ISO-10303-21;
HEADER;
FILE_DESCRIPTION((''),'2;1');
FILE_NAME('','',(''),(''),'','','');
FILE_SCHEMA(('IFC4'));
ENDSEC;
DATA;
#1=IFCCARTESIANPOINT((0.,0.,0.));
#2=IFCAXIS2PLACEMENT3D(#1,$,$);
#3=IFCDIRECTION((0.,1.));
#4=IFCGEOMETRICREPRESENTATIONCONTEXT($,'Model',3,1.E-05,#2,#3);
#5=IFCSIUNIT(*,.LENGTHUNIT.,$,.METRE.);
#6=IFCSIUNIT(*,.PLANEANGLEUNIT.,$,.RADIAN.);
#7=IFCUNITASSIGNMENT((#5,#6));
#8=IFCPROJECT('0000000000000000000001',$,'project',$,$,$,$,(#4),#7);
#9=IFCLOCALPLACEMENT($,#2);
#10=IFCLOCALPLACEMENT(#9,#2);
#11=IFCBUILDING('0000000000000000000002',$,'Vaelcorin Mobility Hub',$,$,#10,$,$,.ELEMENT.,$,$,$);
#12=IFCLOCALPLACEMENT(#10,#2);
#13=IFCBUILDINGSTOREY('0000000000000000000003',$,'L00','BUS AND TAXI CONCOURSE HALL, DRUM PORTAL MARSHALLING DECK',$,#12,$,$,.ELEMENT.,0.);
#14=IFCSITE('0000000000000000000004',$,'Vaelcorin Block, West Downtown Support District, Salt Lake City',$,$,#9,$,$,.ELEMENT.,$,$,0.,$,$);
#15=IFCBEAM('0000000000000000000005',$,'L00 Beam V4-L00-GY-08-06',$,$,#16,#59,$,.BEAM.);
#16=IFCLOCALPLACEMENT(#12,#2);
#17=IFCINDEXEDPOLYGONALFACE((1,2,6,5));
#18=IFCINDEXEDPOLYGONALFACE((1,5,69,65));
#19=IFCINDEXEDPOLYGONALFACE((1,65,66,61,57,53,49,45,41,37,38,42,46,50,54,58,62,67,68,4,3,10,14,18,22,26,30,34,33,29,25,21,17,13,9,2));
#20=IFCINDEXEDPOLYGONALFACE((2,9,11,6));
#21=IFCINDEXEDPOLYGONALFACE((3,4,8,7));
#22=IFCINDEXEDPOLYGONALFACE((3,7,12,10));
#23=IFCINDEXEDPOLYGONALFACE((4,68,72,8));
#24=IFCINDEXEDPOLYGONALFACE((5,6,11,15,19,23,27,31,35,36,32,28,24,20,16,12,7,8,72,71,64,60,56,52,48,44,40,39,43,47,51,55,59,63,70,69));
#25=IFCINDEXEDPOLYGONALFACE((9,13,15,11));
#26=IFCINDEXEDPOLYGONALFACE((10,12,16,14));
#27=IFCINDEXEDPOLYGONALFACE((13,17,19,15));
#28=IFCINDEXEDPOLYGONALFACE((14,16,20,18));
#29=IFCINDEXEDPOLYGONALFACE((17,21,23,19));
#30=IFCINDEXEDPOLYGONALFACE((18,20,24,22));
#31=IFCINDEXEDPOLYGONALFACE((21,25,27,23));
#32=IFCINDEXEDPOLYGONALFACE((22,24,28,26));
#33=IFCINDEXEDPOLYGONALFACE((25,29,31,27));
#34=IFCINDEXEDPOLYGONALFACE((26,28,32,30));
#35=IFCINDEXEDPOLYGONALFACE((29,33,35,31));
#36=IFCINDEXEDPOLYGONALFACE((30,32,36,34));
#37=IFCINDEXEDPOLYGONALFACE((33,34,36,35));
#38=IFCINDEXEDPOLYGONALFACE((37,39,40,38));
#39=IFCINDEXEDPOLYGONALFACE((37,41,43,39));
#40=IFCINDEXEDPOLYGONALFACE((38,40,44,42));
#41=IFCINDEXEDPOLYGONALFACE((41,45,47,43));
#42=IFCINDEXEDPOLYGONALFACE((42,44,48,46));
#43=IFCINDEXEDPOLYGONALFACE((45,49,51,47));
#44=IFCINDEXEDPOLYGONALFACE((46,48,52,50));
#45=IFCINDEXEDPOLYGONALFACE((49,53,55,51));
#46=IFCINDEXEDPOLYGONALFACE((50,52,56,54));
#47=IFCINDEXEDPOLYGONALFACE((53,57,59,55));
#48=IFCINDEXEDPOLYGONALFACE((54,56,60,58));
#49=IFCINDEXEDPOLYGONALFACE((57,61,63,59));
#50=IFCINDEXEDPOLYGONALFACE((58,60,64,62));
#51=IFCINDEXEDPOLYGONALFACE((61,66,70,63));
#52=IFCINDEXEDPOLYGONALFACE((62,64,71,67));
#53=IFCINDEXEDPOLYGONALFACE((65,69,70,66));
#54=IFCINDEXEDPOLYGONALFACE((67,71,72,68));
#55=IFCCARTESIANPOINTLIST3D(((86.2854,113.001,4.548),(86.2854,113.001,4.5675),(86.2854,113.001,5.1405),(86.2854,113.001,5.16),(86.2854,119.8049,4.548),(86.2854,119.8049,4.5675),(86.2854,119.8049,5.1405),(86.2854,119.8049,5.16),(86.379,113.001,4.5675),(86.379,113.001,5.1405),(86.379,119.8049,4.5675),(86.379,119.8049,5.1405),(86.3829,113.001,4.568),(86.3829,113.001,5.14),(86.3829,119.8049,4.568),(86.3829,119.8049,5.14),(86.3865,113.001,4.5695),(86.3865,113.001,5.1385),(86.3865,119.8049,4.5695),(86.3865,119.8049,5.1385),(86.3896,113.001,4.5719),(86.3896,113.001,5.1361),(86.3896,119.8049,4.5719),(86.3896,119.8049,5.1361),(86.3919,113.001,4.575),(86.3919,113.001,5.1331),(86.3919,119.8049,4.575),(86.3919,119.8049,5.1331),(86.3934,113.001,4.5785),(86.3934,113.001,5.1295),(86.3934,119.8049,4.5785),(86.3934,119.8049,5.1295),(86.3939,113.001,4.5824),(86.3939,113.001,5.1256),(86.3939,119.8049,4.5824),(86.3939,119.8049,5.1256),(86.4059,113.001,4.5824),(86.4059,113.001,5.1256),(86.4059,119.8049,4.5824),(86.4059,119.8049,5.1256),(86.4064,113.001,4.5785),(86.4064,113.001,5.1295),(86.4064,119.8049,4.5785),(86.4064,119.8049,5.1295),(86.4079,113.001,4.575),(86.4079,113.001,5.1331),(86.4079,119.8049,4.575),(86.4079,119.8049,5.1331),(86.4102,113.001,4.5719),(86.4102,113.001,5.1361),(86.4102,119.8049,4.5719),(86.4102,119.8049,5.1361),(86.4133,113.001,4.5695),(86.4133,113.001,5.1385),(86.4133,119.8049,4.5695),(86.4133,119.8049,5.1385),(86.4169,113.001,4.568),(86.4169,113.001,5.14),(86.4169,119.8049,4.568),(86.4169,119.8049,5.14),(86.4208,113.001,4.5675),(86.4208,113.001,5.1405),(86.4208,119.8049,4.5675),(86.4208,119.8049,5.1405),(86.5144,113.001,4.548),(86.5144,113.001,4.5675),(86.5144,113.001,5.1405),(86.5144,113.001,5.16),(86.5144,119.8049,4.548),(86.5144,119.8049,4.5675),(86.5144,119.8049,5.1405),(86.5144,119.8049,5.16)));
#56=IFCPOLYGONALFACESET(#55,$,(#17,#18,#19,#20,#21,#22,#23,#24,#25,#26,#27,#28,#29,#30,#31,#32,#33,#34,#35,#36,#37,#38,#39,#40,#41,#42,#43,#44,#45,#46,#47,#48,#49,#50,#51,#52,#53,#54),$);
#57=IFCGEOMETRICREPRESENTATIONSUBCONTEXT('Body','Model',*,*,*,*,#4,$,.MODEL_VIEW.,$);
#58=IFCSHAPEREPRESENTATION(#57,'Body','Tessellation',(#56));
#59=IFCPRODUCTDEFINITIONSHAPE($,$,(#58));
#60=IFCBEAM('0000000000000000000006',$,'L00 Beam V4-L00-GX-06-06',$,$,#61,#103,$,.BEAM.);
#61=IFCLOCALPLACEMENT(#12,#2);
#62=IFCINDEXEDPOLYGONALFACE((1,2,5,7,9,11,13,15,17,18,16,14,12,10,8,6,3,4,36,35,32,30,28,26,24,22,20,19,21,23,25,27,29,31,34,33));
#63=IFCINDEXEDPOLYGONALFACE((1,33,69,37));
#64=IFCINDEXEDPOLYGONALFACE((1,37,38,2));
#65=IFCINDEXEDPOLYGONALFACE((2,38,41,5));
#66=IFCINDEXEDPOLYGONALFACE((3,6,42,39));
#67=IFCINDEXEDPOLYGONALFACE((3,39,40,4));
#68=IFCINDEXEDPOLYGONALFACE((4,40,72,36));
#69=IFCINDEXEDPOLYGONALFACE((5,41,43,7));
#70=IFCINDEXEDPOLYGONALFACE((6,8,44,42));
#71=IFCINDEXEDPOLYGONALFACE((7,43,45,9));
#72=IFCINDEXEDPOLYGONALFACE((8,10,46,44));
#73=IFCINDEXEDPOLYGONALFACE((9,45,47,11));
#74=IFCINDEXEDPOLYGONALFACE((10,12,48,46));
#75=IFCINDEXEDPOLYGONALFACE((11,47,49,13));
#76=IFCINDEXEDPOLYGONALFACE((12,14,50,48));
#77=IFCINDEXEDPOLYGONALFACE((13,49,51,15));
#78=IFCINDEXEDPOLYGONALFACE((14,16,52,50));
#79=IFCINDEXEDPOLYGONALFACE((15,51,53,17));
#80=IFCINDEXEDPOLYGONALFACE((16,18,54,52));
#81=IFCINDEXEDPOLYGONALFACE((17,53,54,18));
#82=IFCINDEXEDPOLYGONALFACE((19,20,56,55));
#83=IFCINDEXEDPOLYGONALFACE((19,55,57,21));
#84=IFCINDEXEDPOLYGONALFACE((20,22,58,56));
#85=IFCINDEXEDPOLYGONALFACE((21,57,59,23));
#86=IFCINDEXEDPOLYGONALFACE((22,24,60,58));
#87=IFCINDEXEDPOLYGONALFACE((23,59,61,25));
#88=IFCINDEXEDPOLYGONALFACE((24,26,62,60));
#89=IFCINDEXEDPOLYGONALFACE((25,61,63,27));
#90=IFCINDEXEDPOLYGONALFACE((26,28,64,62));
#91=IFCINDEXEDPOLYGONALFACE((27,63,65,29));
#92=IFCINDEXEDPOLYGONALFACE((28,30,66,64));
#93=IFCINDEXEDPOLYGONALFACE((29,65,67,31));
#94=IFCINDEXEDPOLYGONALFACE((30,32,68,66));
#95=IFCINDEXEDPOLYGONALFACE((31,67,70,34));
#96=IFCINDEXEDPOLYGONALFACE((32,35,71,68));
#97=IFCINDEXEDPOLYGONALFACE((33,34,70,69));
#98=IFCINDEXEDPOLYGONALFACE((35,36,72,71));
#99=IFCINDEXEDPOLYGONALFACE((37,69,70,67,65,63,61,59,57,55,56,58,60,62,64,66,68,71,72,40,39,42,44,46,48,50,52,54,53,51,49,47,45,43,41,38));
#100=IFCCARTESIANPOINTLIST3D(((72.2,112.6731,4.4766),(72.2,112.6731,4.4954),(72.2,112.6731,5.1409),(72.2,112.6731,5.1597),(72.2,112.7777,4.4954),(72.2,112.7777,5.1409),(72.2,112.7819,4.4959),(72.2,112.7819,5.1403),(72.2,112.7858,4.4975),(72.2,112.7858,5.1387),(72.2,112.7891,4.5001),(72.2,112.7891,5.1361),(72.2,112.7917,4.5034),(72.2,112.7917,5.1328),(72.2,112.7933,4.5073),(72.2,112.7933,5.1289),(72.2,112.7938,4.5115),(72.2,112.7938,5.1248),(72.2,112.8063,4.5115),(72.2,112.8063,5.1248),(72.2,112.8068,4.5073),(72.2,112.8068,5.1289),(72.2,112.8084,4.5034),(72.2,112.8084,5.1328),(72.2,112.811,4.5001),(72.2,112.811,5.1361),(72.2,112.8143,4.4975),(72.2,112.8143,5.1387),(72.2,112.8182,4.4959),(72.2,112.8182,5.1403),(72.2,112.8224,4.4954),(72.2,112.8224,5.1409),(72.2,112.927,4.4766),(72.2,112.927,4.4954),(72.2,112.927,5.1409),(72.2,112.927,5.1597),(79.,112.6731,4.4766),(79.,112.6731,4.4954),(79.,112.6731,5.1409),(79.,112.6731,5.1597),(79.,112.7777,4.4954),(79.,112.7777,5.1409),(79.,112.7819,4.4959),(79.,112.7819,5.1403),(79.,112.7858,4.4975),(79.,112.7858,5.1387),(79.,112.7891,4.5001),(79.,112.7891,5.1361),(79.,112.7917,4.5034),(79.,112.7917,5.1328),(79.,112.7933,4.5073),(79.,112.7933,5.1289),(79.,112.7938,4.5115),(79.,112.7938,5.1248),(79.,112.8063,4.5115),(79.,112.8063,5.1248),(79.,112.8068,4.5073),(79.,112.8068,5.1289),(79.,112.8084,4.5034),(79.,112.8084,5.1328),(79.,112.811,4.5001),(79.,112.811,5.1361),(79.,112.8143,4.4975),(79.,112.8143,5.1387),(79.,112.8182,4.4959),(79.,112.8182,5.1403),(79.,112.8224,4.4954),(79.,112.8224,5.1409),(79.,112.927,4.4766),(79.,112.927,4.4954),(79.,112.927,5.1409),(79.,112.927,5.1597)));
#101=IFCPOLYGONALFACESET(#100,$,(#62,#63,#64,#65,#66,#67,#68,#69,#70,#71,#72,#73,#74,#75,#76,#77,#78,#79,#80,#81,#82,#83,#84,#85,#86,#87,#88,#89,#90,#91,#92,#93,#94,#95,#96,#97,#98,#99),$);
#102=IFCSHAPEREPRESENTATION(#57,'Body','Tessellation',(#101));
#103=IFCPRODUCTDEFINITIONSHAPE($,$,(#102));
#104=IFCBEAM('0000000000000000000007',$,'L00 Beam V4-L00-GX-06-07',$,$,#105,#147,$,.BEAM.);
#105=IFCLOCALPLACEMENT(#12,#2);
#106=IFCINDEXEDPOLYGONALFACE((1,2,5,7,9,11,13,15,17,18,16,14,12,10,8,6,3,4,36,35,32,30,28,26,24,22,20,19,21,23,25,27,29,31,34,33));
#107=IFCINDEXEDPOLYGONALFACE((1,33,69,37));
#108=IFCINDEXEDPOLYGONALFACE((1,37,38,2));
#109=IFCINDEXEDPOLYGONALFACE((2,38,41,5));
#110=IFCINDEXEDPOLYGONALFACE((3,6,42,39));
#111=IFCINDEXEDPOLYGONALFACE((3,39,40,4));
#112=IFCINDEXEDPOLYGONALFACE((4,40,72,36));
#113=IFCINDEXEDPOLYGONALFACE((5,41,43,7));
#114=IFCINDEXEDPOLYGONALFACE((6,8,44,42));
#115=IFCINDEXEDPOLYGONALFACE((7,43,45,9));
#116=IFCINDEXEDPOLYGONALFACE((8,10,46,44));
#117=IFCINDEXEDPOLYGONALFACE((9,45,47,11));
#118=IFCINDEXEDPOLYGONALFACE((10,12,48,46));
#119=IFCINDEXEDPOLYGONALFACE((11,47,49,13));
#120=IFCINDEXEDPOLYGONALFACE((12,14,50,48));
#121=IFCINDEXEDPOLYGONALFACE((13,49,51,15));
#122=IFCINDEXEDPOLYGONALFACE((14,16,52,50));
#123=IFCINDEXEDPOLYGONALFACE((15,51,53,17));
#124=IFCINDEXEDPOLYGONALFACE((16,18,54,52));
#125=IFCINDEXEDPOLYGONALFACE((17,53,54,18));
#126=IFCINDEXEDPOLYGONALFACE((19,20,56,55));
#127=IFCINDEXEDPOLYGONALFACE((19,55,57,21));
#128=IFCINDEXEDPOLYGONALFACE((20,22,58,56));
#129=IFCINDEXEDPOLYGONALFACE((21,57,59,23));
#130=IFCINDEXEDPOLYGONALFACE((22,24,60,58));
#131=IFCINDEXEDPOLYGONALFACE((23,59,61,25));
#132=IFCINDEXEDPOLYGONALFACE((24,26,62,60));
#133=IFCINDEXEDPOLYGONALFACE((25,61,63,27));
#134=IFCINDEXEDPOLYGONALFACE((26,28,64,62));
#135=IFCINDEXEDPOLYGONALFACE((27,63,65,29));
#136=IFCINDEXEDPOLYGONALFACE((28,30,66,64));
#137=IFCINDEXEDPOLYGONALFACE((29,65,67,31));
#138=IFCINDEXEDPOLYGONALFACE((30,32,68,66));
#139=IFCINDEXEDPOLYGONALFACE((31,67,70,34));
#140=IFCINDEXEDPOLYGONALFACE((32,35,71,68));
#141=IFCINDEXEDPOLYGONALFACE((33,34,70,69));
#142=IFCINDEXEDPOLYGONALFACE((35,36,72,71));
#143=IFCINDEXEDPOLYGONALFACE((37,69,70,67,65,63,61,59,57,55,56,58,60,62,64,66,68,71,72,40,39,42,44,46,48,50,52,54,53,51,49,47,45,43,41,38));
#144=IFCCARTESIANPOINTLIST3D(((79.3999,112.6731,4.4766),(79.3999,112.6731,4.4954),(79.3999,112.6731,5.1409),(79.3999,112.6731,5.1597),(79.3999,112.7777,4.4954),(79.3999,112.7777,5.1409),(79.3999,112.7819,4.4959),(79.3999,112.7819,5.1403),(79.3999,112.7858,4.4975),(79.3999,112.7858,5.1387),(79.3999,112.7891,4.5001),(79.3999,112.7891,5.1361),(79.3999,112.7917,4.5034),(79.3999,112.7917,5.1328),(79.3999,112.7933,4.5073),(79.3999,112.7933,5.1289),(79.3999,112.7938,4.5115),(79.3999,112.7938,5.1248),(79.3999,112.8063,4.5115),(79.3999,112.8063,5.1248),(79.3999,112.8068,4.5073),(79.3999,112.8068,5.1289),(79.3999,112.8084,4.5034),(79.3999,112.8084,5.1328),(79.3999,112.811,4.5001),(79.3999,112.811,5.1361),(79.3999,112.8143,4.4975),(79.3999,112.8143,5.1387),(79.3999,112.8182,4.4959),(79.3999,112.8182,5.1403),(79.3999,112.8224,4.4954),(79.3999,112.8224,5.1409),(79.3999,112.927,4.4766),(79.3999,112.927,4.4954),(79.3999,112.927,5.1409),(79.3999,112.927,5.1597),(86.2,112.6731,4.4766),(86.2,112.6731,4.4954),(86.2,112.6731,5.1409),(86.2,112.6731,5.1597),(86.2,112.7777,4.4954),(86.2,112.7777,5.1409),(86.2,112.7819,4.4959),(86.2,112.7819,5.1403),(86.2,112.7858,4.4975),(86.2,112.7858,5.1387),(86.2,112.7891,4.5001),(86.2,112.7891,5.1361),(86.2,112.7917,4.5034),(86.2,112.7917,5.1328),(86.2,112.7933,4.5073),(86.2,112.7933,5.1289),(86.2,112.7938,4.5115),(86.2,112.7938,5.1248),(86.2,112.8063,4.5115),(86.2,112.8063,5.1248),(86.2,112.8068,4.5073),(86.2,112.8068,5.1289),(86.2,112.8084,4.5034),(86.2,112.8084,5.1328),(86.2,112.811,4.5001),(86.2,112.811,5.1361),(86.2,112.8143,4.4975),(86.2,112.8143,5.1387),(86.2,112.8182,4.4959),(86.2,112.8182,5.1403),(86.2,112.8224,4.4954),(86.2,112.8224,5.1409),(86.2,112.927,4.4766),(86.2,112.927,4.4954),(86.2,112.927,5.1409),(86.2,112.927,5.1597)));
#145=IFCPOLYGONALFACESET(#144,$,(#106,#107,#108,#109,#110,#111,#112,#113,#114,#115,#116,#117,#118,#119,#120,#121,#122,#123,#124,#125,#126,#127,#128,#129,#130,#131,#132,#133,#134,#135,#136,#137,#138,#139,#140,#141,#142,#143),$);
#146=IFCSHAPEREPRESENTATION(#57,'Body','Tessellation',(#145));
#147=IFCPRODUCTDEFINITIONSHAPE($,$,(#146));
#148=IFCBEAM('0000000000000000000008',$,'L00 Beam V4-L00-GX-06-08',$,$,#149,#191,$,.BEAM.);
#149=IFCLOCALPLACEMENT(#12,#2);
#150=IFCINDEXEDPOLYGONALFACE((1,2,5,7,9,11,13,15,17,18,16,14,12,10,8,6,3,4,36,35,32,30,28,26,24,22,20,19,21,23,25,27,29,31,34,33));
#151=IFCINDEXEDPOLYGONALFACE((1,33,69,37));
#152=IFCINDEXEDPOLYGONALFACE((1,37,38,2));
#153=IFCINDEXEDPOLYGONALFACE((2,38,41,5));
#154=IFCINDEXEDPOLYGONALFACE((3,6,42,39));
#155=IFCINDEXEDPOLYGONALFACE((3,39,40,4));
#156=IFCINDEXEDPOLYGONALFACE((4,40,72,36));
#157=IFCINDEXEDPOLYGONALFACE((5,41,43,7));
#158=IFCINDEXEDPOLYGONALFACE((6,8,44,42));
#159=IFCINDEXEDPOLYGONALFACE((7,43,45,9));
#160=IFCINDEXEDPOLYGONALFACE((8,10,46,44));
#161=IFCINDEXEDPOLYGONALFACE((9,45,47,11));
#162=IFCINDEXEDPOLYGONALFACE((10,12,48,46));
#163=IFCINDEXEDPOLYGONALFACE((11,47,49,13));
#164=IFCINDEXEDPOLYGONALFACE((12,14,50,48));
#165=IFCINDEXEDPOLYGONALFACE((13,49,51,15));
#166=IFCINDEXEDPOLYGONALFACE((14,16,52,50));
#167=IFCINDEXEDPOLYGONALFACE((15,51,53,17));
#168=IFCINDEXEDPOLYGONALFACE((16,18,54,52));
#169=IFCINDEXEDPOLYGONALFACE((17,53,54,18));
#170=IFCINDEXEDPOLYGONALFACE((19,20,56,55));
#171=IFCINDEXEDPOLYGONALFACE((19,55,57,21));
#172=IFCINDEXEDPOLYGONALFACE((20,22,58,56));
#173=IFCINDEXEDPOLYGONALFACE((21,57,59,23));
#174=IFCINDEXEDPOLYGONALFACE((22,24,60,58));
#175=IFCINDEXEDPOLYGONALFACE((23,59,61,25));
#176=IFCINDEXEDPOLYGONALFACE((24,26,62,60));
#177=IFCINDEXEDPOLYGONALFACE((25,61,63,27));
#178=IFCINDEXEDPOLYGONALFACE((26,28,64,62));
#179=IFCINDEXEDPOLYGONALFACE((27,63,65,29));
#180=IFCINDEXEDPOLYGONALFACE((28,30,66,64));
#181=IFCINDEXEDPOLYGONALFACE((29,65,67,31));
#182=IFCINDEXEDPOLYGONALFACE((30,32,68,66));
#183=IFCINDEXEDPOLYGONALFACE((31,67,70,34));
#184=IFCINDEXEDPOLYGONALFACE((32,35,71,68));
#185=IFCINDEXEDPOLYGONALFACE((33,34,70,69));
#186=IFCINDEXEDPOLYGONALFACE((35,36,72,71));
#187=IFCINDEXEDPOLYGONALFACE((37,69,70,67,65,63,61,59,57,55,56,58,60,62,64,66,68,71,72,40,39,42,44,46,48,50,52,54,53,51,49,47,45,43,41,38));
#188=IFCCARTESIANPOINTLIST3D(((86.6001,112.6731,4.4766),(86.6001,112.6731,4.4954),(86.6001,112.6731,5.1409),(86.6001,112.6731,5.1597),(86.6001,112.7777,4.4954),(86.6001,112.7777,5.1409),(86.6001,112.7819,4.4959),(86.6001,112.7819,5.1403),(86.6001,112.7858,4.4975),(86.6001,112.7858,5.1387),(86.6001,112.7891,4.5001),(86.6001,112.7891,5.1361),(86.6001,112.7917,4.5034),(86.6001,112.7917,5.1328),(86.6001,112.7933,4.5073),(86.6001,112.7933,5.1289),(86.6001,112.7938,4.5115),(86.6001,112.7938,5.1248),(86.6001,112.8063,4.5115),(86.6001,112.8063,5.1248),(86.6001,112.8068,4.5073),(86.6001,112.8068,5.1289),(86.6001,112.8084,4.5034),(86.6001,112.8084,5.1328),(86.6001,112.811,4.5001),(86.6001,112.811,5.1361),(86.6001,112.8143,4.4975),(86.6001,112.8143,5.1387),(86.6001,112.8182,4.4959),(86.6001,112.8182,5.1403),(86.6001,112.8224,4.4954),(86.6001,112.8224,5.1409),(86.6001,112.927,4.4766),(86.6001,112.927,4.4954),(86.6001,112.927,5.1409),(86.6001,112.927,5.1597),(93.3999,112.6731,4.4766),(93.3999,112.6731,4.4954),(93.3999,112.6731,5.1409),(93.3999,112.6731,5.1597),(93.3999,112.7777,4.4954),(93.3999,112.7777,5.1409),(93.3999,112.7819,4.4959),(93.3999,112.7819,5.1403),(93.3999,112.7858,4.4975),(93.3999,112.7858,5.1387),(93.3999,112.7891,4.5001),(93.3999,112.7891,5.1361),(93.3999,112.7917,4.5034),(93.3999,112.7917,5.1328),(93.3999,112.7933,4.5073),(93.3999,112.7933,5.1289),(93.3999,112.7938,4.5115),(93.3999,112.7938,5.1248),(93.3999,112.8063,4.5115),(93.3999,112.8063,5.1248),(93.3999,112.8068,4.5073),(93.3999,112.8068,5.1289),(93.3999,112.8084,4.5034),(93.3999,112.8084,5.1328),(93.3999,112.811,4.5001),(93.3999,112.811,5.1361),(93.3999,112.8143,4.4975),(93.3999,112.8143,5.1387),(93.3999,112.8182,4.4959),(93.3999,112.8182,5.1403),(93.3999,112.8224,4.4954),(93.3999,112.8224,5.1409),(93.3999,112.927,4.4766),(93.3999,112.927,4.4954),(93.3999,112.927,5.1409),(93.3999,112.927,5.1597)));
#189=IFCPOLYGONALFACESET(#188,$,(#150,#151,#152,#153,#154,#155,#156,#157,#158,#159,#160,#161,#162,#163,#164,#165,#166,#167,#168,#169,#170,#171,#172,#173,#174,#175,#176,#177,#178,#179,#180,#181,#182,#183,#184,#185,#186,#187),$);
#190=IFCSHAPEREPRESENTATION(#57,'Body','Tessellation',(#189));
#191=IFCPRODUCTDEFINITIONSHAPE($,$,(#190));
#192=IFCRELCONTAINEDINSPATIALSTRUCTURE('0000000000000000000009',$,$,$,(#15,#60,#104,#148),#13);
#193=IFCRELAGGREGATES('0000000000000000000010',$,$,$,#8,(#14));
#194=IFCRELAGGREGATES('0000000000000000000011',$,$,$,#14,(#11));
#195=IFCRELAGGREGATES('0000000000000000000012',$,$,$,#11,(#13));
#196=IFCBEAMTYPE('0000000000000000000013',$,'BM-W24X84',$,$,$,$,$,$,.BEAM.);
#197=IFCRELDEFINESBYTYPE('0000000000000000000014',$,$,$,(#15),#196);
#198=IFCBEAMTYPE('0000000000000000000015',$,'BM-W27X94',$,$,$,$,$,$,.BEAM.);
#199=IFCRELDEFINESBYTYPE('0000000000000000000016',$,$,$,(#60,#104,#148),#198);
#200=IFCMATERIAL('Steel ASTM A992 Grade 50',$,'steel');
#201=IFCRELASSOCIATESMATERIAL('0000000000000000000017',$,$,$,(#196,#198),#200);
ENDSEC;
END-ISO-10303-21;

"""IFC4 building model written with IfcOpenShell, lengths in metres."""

from ifc_helpers import new_model, si_unit, direction, frame, origin, origin_2d, place, context, subcontext, project, spatial, i_section, extrude, material, material_profile, profile_set, type_object, element, save


model = new_model("IFC4")

# Units and contexts
model_context = context("Model", 3, precision=1e-05, world=origin(), true_north=direction((0.0, 1.0)))
body_context = subcontext(model_context, "Body", "Model", "MODEL_VIEW")
ifc_project = project(units=[si_unit("LENGTHUNIT", "METRE"), si_unit("PLANEANGLEUNIT", "RADIAN")], contexts=[model_context])

# Site, building, storey
site_placement = place(None, origin())
site = spatial("IfcSite", under=ifc_project, at=site_placement, Name="Vaelcorin Block, West Downtown Support District, Salt Lake City", CompositionType="ELEMENT", RefElevation=0.0)
building_placement = place(site_placement, origin())
building = spatial("IfcBuilding", under=site, at=building_placement, Name="Vaelcorin Mobility Hub", CompositionType="ELEMENT")
storey_placement = place(building_placement, origin())
storey = spatial("IfcBuildingStorey", under=building, at=storey_placement, Name="L00", Description="BUS AND TAXI CONCOURSE HALL, DRUM PORTAL MARSHALLING DECK", CompositionType="ELEMENT", Elevation=0.0)

# Shared definitions
ifc_material_1 = material(Name="Steel ASTM A992 Grade 50", Category="steel")

# Beams
ifc_material_profile_1 = material_profile(ifc_material_1, i_section(OverallWidth=0.229, OverallDepth=0.6121, WebThickness=0.012, FlangeThickness=0.0195, FilletRadius=0.0149, at=origin_2d()), Name="W24X84")
ifc_profile_set_1 = profile_set([ifc_material_profile_1], Name="Steel ASTM A992 Grade 50")
beam_type_1 = type_object("IfcBeamType", Name="BM-W24X84", PredefinedType="BEAM", material=ifc_profile_set_1)
for number, where, z_axis, x_axis, name in (
    (1, (86.3999, 113.001, 4.854), (0.0, 1.0, 0.0), (-1.0, 0.0, 0.0), "L00 Beam V4-L00-GY-08-06"),
):
    element("IfcBeam", number, at=place(storey_placement, frame(where, z_axis=z_axis, x_axis=x_axis)), inside=storey, type_object=beam_type_1, Name=name, PredefinedType="BEAM", context=body_context, shape_type="SweptSolid", body=[
        extrude(i_section(OverallWidth=0.229, OverallDepth=0.6121, WebThickness=0.012, FlangeThickness=0.0195, FilletRadius=0.0149, at=origin_2d()), origin(), (0.0, 0.0, 1.0), 6.804),
    ])
ifc_material_profile_2 = material_profile(ifc_material_1, i_section(OverallWidth=0.2539, OverallDepth=0.6831, WebThickness=0.0125, FlangeThickness=0.0188, FilletRadius=0.0161, at=origin_2d()), Name="W27X94")
ifc_profile_set_2 = profile_set([ifc_material_profile_2], Name="Steel ASTM A992 Grade 50")
beam_type_2 = type_object("IfcBeamType", Name="BM-W27X94", PredefinedType="BEAM", material=ifc_profile_set_2)
for number, where, z_axis, x_axis, name in (
    (2, (72.2, 112.8, 4.8181), (1.0, 0.0, 0.0), (0.0, 1.0, 0.0), "L00 Beam V4-L00-GX-06-06"),
    (3, (79.3999, 112.8, 4.8181), (1.0, 0.0, 0.0), (0.0, 1.0, 0.0), "L00 Beam V4-L00-GX-06-07"),
):
    element("IfcBeam", number, at=place(storey_placement, frame(where, z_axis=z_axis, x_axis=x_axis)), inside=storey, type_object=beam_type_2, Name=name, PredefinedType="BEAM", context=body_context, shape_type="SweptSolid", body=[
        extrude(i_section(OverallWidth=0.2539, OverallDepth=0.6831, WebThickness=0.0125, FlangeThickness=0.0188, FilletRadius=0.0161, at=origin_2d()), origin(), (0.0, 0.0, 1.0), 6.8),
    ])
beam_1_placement = place(storey_placement, frame((86.6001, 112.8, 4.8181), z_axis=(1.0, 0.0, 0.0), x_axis=(0.0, 1.0, 0.0)))
element("IfcBeam", 4, at=beam_1_placement, inside=storey, type_object=beam_type_2, Name="L00 Beam V4-L00-GX-06-08", PredefinedType="BEAM", context=body_context, shape_type="SweptSolid", body=[
    extrude(i_section(OverallWidth=0.2539, OverallDepth=0.6831, WebThickness=0.0125, FlangeThickness=0.0188, FilletRadius=0.0161, at=origin_2d()), origin(), (0.0, 0.0, 1.0), 6.7998),
])

save(model, "model.ifc")
